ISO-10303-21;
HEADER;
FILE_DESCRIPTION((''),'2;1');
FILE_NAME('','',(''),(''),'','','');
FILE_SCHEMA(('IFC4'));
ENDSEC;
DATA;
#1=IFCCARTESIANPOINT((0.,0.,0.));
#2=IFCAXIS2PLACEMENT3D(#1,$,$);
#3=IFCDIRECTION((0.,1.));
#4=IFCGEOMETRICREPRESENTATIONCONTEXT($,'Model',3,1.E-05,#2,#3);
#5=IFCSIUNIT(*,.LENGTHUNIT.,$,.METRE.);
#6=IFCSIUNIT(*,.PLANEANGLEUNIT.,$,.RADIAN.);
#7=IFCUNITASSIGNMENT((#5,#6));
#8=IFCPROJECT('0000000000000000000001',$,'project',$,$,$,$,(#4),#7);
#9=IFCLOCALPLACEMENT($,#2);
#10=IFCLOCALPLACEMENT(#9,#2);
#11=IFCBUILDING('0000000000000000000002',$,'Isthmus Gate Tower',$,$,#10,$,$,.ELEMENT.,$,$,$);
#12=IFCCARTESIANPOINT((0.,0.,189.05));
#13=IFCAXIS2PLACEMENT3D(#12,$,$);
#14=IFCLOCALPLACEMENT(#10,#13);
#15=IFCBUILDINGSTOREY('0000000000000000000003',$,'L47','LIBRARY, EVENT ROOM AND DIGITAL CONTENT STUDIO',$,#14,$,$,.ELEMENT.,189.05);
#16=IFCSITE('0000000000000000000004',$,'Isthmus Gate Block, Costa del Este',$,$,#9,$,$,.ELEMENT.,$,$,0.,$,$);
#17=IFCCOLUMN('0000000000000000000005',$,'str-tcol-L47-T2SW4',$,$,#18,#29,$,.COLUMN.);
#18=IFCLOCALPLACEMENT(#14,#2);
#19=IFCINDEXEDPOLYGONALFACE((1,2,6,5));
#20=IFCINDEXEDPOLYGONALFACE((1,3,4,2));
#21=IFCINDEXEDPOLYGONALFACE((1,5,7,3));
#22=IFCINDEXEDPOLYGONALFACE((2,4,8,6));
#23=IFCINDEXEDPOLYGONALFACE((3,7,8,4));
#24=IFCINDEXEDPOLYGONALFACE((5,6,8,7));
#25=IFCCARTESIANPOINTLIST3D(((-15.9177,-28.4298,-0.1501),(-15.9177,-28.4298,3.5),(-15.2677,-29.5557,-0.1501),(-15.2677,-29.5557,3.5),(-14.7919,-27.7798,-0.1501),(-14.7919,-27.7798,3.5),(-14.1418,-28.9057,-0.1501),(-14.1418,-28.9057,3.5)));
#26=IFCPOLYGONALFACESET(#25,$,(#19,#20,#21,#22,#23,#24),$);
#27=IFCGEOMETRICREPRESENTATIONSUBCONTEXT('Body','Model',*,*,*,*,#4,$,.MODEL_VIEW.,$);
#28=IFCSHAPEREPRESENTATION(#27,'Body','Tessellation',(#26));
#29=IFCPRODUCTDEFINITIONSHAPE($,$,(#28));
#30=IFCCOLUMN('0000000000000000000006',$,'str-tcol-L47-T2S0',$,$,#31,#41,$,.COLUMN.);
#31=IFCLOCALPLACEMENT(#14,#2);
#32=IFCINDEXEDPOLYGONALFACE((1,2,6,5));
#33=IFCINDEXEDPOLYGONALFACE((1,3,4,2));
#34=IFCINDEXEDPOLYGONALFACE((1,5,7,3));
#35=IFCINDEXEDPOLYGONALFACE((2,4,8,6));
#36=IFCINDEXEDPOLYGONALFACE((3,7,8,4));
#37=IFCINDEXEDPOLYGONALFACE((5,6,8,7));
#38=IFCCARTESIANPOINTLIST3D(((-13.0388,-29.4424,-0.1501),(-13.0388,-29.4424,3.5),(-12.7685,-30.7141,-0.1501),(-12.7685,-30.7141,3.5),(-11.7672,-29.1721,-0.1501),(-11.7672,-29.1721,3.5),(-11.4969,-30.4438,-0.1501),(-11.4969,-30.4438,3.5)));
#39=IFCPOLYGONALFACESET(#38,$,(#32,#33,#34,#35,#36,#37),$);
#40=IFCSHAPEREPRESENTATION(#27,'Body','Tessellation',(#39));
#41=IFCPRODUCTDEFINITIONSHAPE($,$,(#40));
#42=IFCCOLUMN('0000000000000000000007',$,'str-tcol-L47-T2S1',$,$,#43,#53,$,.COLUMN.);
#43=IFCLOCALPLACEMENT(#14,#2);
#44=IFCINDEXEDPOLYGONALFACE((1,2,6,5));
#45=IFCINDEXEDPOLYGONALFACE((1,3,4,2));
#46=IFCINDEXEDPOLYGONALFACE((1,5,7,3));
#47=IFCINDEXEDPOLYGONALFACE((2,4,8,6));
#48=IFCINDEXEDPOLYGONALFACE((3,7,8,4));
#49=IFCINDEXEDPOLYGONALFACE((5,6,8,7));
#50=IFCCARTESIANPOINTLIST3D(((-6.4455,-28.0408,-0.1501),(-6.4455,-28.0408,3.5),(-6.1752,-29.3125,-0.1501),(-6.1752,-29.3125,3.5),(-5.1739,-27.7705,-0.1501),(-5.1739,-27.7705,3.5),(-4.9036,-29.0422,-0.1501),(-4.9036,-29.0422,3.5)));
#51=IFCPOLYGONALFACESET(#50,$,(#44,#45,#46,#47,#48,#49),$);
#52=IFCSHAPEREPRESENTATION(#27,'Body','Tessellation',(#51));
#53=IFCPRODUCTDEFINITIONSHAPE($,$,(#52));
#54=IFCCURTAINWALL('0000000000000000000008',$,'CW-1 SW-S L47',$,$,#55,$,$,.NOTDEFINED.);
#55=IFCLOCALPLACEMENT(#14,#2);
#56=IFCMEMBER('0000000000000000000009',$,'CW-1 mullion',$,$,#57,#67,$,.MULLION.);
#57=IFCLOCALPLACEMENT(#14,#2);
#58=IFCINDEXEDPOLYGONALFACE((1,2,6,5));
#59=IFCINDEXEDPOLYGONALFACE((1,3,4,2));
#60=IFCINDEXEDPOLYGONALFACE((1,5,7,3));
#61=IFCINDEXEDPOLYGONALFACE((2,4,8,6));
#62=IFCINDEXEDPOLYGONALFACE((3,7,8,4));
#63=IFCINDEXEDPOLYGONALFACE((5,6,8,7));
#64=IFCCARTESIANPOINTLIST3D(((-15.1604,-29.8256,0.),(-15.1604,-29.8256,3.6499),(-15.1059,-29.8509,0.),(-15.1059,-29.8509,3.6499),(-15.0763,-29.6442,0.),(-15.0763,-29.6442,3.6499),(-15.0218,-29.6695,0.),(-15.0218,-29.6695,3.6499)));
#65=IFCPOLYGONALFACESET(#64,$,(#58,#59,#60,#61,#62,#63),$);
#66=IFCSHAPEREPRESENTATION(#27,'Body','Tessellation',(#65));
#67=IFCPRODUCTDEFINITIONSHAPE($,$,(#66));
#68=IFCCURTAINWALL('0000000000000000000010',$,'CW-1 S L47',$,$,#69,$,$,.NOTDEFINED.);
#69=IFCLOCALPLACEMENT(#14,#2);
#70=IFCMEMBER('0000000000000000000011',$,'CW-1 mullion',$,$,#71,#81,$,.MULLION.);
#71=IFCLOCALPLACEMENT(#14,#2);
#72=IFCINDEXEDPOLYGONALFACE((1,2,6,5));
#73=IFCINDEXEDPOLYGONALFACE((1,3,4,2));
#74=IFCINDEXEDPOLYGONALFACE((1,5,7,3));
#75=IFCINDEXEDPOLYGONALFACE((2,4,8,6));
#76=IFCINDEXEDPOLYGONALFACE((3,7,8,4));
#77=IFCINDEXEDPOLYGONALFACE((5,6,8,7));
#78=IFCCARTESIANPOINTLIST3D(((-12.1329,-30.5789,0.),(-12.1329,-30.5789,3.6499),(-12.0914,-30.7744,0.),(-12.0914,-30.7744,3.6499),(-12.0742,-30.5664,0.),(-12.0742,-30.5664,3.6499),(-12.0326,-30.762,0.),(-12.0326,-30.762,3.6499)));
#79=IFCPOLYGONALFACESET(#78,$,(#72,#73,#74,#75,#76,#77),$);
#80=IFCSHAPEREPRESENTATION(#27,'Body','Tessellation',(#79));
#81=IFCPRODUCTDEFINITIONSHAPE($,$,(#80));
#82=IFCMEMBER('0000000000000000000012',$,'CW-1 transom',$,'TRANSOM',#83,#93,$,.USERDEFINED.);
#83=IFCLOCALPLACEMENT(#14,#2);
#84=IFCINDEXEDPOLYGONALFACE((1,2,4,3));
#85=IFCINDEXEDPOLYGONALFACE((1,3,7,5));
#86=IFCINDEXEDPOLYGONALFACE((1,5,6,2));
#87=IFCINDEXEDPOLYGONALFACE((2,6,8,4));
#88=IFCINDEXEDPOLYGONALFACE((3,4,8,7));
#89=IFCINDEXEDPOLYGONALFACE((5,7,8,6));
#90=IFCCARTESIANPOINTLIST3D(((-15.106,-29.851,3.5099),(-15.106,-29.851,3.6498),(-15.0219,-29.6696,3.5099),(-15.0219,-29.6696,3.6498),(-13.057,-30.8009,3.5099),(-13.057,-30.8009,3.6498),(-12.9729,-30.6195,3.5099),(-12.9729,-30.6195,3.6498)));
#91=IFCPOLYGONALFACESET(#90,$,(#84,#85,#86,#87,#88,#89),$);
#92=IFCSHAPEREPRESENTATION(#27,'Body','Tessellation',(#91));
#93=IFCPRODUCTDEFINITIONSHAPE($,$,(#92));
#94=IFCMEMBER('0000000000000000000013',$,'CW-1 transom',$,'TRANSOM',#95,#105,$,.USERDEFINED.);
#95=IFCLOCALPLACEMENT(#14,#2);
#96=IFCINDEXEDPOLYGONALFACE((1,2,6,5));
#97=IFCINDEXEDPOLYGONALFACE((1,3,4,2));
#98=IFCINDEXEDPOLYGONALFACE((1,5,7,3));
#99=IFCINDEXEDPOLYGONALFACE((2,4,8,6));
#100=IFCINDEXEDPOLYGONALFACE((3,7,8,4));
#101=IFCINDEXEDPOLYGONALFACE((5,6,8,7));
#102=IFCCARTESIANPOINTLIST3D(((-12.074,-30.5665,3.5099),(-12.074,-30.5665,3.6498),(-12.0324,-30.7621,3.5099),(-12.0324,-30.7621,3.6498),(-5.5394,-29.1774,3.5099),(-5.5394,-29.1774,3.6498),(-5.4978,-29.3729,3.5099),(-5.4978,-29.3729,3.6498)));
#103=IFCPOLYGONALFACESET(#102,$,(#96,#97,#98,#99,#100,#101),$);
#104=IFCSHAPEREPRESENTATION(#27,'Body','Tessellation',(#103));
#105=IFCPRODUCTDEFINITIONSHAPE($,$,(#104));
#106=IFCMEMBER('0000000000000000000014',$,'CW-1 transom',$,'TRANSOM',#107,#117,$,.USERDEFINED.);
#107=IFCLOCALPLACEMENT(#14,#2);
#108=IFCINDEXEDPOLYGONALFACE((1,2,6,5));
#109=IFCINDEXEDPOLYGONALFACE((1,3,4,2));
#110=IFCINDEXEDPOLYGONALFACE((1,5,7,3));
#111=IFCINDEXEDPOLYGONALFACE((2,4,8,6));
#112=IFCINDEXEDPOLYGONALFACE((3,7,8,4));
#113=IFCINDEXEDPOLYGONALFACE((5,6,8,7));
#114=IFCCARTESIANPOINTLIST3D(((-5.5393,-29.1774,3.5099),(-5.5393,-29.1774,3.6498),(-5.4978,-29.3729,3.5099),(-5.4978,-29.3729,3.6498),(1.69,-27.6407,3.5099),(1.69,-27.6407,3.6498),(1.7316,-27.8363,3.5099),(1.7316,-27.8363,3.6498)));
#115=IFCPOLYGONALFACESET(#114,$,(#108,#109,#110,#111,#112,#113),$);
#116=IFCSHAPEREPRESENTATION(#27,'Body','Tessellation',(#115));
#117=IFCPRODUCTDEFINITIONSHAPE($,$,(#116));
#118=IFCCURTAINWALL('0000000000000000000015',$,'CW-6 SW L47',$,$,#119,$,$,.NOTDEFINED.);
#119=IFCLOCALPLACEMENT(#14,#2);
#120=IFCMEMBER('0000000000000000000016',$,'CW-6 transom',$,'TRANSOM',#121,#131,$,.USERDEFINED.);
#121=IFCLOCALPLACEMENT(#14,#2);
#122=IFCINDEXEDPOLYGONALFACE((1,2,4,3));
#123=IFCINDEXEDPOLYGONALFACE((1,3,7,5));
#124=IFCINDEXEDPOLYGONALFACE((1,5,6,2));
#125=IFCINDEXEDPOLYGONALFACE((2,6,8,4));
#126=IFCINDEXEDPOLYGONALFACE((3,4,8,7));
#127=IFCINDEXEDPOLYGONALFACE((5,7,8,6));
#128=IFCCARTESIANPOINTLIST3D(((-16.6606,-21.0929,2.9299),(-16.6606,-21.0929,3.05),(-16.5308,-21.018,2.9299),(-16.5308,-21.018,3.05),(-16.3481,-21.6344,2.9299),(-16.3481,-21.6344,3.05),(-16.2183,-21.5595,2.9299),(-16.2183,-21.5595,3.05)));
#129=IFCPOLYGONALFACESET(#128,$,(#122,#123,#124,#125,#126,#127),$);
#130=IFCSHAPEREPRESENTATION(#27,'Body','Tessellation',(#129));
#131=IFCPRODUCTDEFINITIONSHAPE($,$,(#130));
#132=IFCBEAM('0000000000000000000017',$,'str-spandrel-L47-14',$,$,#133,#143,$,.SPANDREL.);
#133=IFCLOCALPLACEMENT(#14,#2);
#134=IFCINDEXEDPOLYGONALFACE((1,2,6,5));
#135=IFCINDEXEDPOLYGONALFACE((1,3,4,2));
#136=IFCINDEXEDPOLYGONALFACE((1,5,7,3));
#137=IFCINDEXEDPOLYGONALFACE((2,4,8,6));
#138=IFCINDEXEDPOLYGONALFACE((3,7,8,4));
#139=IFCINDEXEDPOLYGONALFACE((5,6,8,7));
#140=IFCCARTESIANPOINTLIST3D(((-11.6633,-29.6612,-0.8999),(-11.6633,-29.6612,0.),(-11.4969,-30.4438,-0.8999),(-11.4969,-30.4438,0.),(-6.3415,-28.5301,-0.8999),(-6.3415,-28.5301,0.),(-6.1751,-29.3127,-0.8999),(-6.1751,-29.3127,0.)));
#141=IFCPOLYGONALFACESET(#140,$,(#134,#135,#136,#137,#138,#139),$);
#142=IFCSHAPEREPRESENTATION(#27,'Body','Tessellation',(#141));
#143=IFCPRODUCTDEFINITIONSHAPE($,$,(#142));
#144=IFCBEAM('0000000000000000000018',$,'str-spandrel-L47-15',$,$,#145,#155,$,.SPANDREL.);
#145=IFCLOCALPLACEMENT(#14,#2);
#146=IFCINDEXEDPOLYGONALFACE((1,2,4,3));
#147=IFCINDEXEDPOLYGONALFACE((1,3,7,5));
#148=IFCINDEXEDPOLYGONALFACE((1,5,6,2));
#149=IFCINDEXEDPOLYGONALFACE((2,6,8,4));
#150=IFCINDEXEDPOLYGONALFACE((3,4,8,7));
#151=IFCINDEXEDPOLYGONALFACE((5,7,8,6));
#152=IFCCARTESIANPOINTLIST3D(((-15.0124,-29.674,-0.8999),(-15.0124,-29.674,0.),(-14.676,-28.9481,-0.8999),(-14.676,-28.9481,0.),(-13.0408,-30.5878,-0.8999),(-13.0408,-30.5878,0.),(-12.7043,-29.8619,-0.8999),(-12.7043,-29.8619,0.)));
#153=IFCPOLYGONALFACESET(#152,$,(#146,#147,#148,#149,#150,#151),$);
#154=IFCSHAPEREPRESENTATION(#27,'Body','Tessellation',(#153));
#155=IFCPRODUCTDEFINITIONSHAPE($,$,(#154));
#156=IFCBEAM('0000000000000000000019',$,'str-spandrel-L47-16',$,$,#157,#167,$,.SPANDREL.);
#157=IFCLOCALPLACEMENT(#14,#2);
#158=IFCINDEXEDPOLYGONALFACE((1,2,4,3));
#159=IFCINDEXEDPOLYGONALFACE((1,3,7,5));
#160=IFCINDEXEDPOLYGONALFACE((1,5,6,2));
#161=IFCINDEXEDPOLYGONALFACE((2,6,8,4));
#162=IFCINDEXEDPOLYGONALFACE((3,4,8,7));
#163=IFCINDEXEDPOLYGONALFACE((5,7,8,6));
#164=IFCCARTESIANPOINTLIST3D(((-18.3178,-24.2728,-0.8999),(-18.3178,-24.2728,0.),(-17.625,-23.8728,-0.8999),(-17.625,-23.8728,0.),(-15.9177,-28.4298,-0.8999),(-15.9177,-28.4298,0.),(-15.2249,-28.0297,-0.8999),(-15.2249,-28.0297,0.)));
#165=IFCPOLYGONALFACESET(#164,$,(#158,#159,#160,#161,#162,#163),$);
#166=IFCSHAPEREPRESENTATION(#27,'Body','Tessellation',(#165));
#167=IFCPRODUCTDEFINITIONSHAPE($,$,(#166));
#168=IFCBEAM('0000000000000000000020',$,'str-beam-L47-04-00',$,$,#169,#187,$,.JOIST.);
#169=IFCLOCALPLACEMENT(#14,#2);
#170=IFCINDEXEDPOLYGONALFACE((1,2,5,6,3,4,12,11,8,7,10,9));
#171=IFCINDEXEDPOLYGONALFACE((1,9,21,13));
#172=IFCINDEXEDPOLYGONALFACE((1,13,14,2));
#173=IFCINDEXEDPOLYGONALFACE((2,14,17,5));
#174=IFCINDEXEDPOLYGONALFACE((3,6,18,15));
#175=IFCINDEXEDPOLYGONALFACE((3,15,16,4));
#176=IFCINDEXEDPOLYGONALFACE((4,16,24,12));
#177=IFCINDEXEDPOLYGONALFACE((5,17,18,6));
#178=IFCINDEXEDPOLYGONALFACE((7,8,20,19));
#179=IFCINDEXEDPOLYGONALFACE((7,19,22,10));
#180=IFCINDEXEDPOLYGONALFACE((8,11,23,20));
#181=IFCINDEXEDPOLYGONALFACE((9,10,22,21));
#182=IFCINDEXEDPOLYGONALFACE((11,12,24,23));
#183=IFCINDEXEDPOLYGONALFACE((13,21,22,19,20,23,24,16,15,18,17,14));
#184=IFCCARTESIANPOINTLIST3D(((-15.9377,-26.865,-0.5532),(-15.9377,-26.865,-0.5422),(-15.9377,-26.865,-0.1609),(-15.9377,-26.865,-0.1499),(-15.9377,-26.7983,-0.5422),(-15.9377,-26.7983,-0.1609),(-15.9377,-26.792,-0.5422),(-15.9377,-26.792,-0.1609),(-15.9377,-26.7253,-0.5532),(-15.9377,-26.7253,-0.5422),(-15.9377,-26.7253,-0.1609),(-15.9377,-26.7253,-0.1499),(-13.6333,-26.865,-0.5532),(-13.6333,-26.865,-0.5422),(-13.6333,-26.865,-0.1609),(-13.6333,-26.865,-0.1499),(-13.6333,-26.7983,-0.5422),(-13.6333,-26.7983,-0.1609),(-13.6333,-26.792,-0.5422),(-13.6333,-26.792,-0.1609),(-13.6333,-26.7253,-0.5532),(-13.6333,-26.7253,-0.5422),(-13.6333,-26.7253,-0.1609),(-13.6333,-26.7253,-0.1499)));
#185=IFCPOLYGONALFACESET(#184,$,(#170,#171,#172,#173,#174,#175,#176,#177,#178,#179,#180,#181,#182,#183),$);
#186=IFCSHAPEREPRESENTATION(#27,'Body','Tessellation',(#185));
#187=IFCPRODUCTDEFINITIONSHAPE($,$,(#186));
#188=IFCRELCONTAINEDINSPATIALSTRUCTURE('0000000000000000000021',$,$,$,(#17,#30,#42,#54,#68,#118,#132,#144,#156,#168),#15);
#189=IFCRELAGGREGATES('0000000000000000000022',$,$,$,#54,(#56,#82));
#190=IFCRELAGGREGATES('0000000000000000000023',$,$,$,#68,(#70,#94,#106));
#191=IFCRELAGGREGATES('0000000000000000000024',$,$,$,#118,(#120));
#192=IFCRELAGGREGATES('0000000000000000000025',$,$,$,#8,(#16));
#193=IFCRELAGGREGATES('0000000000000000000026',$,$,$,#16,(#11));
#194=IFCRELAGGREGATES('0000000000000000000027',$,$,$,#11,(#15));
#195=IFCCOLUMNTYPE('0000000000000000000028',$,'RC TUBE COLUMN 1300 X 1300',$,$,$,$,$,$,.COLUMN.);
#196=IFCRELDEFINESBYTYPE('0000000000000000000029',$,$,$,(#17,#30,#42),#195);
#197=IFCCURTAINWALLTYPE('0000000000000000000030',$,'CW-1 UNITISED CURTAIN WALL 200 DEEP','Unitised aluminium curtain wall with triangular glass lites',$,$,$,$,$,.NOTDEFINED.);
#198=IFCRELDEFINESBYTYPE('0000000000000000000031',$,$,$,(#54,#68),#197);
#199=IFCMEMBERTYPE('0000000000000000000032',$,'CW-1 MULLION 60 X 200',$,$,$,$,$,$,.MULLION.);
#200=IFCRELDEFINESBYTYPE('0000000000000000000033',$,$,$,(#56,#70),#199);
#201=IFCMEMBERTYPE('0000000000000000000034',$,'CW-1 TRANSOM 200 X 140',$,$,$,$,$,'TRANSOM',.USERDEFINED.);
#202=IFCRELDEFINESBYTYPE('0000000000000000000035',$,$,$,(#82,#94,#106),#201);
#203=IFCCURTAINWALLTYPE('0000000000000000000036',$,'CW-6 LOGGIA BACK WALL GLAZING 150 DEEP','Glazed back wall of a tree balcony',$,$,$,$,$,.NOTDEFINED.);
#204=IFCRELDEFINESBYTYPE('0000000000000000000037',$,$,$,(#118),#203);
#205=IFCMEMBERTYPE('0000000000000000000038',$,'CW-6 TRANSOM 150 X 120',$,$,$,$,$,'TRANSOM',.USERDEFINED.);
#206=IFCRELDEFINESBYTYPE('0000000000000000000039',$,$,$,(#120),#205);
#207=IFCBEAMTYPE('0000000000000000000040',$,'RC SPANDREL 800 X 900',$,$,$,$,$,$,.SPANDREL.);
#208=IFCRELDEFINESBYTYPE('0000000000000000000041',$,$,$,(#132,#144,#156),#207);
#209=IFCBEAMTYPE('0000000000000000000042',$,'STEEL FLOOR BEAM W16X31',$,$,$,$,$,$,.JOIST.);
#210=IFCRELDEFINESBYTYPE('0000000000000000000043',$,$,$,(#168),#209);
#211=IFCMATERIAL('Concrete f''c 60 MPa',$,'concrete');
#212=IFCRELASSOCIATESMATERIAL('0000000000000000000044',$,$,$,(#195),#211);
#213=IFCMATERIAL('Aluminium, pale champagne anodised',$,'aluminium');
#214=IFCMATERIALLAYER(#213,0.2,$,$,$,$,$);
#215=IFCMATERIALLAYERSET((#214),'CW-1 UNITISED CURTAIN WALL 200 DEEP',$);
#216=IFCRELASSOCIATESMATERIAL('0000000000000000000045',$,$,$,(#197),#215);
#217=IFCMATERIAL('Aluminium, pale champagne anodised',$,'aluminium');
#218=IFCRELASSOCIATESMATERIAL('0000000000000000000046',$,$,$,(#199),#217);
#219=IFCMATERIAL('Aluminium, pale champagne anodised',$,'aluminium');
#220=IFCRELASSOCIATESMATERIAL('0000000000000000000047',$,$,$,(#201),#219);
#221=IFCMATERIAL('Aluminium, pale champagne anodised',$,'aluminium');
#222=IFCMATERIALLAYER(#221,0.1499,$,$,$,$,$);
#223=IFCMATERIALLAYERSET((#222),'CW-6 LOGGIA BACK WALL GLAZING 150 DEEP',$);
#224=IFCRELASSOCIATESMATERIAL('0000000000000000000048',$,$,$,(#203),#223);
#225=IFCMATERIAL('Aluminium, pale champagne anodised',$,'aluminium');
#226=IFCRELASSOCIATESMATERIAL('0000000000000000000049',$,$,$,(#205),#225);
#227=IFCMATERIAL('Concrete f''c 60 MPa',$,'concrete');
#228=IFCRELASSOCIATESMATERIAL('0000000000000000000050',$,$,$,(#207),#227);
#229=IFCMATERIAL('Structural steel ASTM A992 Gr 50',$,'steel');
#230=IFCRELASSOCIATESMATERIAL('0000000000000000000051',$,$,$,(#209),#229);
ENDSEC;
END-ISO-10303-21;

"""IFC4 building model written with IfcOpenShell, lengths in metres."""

from ifc_helpers import new_model, si_unit, direction, frame, origin, origin_2d, place, context, subcontext, project, spatial, rectangle, i_section, extrude, material, layer, layer_set, material_profile, profile_set, type_object, element, aggregate, save


model = new_model("IFC4")

# Units and contexts
model_context = context("Model", 3, precision=1e-05, world=origin(), true_north=direction((0.0, 1.0)))
body_context = subcontext(model_context, "Body", "Model", "MODEL_VIEW")
ifc_project = project(units=[si_unit("LENGTHUNIT", "METRE"), si_unit("PLANEANGLEUNIT", "RADIAN")], contexts=[model_context])

# Site, building, storey
site_placement = place(None, origin())
site = spatial("IfcSite", under=ifc_project, at=site_placement, Name="Isthmus Gate Block, Costa del Este", CompositionType="ELEMENT", RefElevation=0.0)
building_placement = place(site_placement, origin())
building = spatial("IfcBuilding", under=site, at=building_placement, Name="Isthmus Gate Tower", CompositionType="ELEMENT")
storey_placement = place(building_placement, frame((0.0, 0.0, 189.05)))
storey = spatial("IfcBuildingStorey", under=building, at=storey_placement, Name="L47", Description="LIBRARY, EVENT ROOM AND DIGITAL CONTENT STUDIO", CompositionType="ELEMENT", Elevation=189.05)

# Columns
ifc_material_1 = material(Name="Concrete f'c 60 MPa", Category="concrete")
ifc_material_profile_1 = material_profile(ifc_material_1, rectangle(XDim=1.3, YDim=1.3, at=origin_2d()), Name="RC 1300X1300")
ifc_profile_set_1 = profile_set([ifc_material_profile_1], Name="Concrete f'c 60 MPa")
column_type = type_object("IfcColumnType", Name="RC TUBE COLUMN 1300 X 1300", PredefinedType="COLUMN", material=ifc_profile_set_1)
for number, where, z_axis, x_axis, name in (
    (1, (-15.0298, -28.6677, -0.1501), (0.0, 0.0, 1.0), (0.5, -0.866025, 0.0), "str-tcol-L47-T2SW4"),
    (2, (-12.2678, -29.9431, -0.1501), (0.0, 0.0, 1.0), (0.978148, 0.207912, 0.0), "str-tcol-L47-T2S0"),
    (3, (-5.6746, -28.5415, -0.1501), (0.0, 0.0, 1.0), (0.978148, 0.207912, 0.0), "str-tcol-L47-T2S1"),
):
    element("IfcColumn", number, at=place(storey_placement, frame(where, z_axis=z_axis, x_axis=x_axis)), inside=storey, type_object=column_type, Name=name, PredefinedType="COLUMN", context=body_context, shape_type="SweptSolid", body=[
        extrude(rectangle(XDim=1.3, YDim=1.3, at=origin_2d()), origin(), (0.0, 0.0, 1.0), 3.6501),
    ])

# Curtain walls, members
ifc_material_2 = material(Name="Aluminium, pale champagne anodised", Category="aluminium")
ifc_layer_1 = layer(ifc_material_2, 0.2)
ifc_layer_set_1 = layer_set([ifc_layer_1], Name="CW-1 UNITISED CURTAIN WALL 200 DEEP")
curtain_wall_type_1 = type_object("IfcCurtainWallType", Name="CW-1 UNITISED CURTAIN WALL 200 DEEP", Description="Unitised aluminium curtain wall with triangular glass lites", PredefinedType="NOTDEFINED", material=ifc_layer_set_1)
curtain_wall_1_placement = place(storey_placement, origin())
curtain_wall_1 = element("IfcCurtainWall", 4, at=curtain_wall_1_placement, inside=storey, type_object=curtain_wall_type_1, Name="CW-1 SW-S L47", PredefinedType="NOTDEFINED")
ifc_material_3 = material(Name="Aluminium, pale champagne anodised", Category="aluminium")
ifc_material_profile_2 = material_profile(ifc_material_3, rectangle(XDim=0.0601, YDim=0.2, at=origin_2d()), Name="60x200")
ifc_profile_set_2 = profile_set([ifc_material_profile_2], Name="Aluminium, pale champagne anodised")
member_type_1 = type_object("IfcMemberType", Name="CW-1 MULLION 60 X 200", PredefinedType="MULLION", material=ifc_profile_set_2)
member_1_placement = place(storey_placement, frame((-15.0911, -29.7476, 0.0), z_axis=(0.0, 0.0, 1.0), x_axis=(0.907256, -0.420578, 0.0)))
member_1 = element("IfcMember", 5, at=member_1_placement, type_object=member_type_1, Name="CW-1 mullion", PredefinedType="MULLION", context=body_context, shape_type="SweptSolid", body=[
    extrude(rectangle(XDim=0.0601, YDim=0.2, at=origin_2d()), origin(), (0.0, 0.0, 1.0), 3.6499),
])
curtain_wall_2_placement = place(storey_placement, origin())
curtain_wall_2 = element("IfcCurtainWall", 6, at=curtain_wall_2_placement, inside=storey, type_object=curtain_wall_type_1, Name="CW-1 S L47", PredefinedType="NOTDEFINED")
member_2_placement = place(storey_placement, frame((-12.0828, -30.6704, 0.0), z_axis=(0.0, 0.0, 1.0), x_axis=(0.978148, 0.207912, 0.0)))
member_2 = element("IfcMember", 7, at=member_2_placement, type_object=member_type_1, Name="CW-1 mullion", PredefinedType="MULLION", context=body_context, shape_type="SweptSolid", body=[
    extrude(rectangle(XDim=0.0601, YDim=0.2, at=origin_2d()), origin(), (0.0, 0.0, 1.0), 3.6499),
])

# Members
ifc_material_4 = material(Name="Aluminium, pale champagne anodised", Category="aluminium")
ifc_material_profile_3 = material_profile(ifc_material_4, rectangle(XDim=0.2, YDim=0.1399, at=origin_2d()), Name="200x140")
ifc_profile_set_3 = profile_set([ifc_material_profile_3], Name="Aluminium, pale champagne anodised")
member_type_2 = type_object("IfcMemberType", Name="CW-1 TRANSOM 200 X 140", ElementType="TRANSOM", PredefinedType="USERDEFINED", material=ifc_profile_set_3)
member_3_placement = place(storey_placement, frame((-15.064, -29.7603, 3.5798), z_axis=(0.907246, -0.4206, 0.0), x_axis=(0.4206, 0.907246, 0.0)))
member_3 = element("IfcMember", 8, at=member_3_placement, type_object=member_type_2, Name="CW-1 transom", ObjectType="TRANSOM", PredefinedType="USERDEFINED", context=body_context, shape_type="SweptSolid", body=[
    extrude(rectangle(XDim=0.2, YDim=0.1399, at=origin_2d()), origin(), (0.0, 0.0, 1.0), 2.2585),
])
member_4_placement = place(storey_placement, frame((-12.0532, -30.6643, 3.5798), z_axis=(0.978142, 0.207937, 0.0), x_axis=(-0.207937, 0.978142, 0.0)))
member_4 = element("IfcMember", 9, at=member_4_placement, type_object=member_type_2, Name="CW-1 transom", ObjectType="TRANSOM", PredefinedType="USERDEFINED", context=body_context, shape_type="SweptSolid", body=[
    extrude(rectangle(XDim=0.2, YDim=0.1399, at=origin_2d()), origin(), (0.0, 0.0, 1.0), 6.6807),
])
member_5_placement = place(storey_placement, frame((-5.5186, -29.2751, 3.5798), z_axis=(0.978148, 0.207911, 0.0), x_axis=(-0.207911, 0.978148, 0.0)))
member_5 = element("IfcMember", 10, at=member_5_placement, type_object=member_type_2, Name="CW-1 transom", ObjectType="TRANSOM", PredefinedType="USERDEFINED", context=body_context, shape_type="SweptSolid", body=[
    extrude(rectangle(XDim=0.2, YDim=0.1399, at=origin_2d()), origin(), (0.0, 0.0, 1.0), 7.3909),
])

# Curtain wall, member
ifc_material_5 = material(Name="Aluminium, pale champagne anodised", Category="aluminium")
ifc_layer_2 = layer(ifc_material_5, 0.1499)
ifc_layer_set_2 = layer_set([ifc_layer_2], Name="CW-6 LOGGIA BACK WALL GLAZING 150 DEEP")
curtain_wall_type_2 = type_object("IfcCurtainWallType", Name="CW-6 LOGGIA BACK WALL GLAZING 150 DEEP", Description="Glazed back wall of a tree balcony", PredefinedType="NOTDEFINED", material=ifc_layer_set_2)
curtain_wall_3_placement = place(storey_placement, origin())
curtain_wall_3 = element("IfcCurtainWall", 11, at=curtain_wall_3_placement, inside=storey, type_object=curtain_wall_type_2, Name="CW-6 SW L47", PredefinedType="NOTDEFINED")
ifc_material_6 = material(Name="Aluminium, pale champagne anodised", Category="aluminium")
ifc_material_profile_4 = material_profile(ifc_material_6, rectangle(XDim=0.1499, YDim=0.1201, at=origin_2d()), Name="150x120")
ifc_profile_set_4 = profile_set([ifc_material_profile_4], Name="Aluminium, pale champagne anodised")
member_type_3 = type_object("IfcMemberType", Name="CW-6 TRANSOM 150 X 120", ElementType="TRANSOM", PredefinedType="USERDEFINED", material=ifc_profile_set_4)
member_6_placement = place(storey_placement, frame((-16.5957, -21.0554, 2.99), z_axis=(0.499835, -0.866121, 0.0), x_axis=(0.866121, 0.499835, 0.0)))
member_6 = element("IfcMember", 12, at=member_6_placement, type_object=member_type_3, Name="CW-6 transom", ObjectType="TRANSOM", PredefinedType="USERDEFINED", context=body_context, shape_type="SweptSolid", body=[
    extrude(rectangle(XDim=0.1499, YDim=0.1201, at=origin_2d()), origin(), (0.0, 0.0, 1.0), 0.6252),
])

# Beams
ifc_material_7 = material(Name="Concrete f'c 60 MPa", Category="concrete")
ifc_material_profile_5 = material_profile(ifc_material_7, rectangle(XDim=0.8, YDim=0.8999, at=origin_2d()), Name="RC 800X900")
ifc_profile_set_5 = profile_set([ifc_material_profile_5], Name="Concrete f'c 60 MPa")
beam_type_1 = type_object("IfcBeamType", Name="RC SPANDREL 800 X 900", PredefinedType="SPANDREL", material=ifc_profile_set_5)
beam_1_placement = place(storey_placement, frame((-6.2583, -28.9214, -0.45), z_axis=(-0.97815, -0.207898, 0.0), x_axis=(0.207898, -0.97815, 0.0)))
element("IfcBeam", 13, at=beam_1_placement, inside=storey, type_object=beam_type_1, Name="str-spandrel-L47-14", PredefinedType="SPANDREL", context=body_context, shape_type="SweptSolid", body=[
    extrude(rectangle(XDim=0.8, YDim=0.8999, at=origin_2d()), origin(), (0.0, 0.0, 1.0), 5.4407),
])
beam_2_placement = place(storey_placement, frame((-12.8726, -30.2249, -0.45), z_axis=(-0.907291, 0.420504, 0.0), x_axis=(-0.420504, -0.907291, 0.0)))
element("IfcBeam", 14, at=beam_2_placement, inside=storey, type_object=beam_type_1, Name="str-spandrel-L47-15", PredefinedType="SPANDREL", context=body_context, shape_type="SweptSolid", body=[
    extrude(rectangle(XDim=0.8, YDim=0.8999, at=origin_2d()), origin(), (0.0, 0.0, 1.0), 2.1731),
])
beam_3_placement = place(storey_placement, frame((-15.5713, -28.2297, -0.45), z_axis=(-0.500017, 0.866015, 0.0), x_axis=(-0.866015, -0.500017, 0.0)))
element("IfcBeam", 15, at=beam_3_placement, inside=storey, type_object=beam_type_1, Name="str-spandrel-L47-16", PredefinedType="SPANDREL", context=body_context, shape_type="SweptSolid", body=[
    extrude(rectangle(XDim=0.8, YDim=0.8999, at=origin_2d()), origin(), (0.0, 0.0, 1.0), 4.8),
])
ifc_material_8 = material(Name="Structural steel ASTM A992 Gr 50", Category="steel")
ifc_material_profile_6 = material_profile(ifc_material_8, i_section(OverallWidth=0.1396, OverallDepth=0.4033, WebThickness=0.0063, FlangeThickness=0.011, at=origin_2d()), Name="W16X31")
ifc_profile_set_6 = profile_set([ifc_material_profile_6], Name="Structural steel ASTM A992 Gr 50")
beam_type_2 = type_object("IfcBeamType", Name="STEEL FLOOR BEAM W16X31", PredefinedType="JOIST", material=ifc_profile_set_6)
beam_4_placement = place(storey_placement, frame((-15.9377, -26.7952, -0.3516), z_axis=(1.0, 0.0, 0.0), x_axis=(0.0, 1.0, 0.0)))
element("IfcBeam", 16, at=beam_4_placement, inside=storey, type_object=beam_type_2, Name="str-beam-L47-04-00", PredefinedType="JOIST", context=body_context, shape_type="SweptSolid", body=[
    extrude(i_section(OverallWidth=0.1396, OverallDepth=0.4033, WebThickness=0.0063, FlangeThickness=0.011, at=origin_2d()), origin(), (0.0, 0.0, 1.0), 2.3044),
])

aggregate(curtain_wall_1, [member_1, member_3])
aggregate(curtain_wall_2, [member_2, member_4, member_5])
aggregate(curtain_wall_3, [member_6])

save(model, "model.ifc")
